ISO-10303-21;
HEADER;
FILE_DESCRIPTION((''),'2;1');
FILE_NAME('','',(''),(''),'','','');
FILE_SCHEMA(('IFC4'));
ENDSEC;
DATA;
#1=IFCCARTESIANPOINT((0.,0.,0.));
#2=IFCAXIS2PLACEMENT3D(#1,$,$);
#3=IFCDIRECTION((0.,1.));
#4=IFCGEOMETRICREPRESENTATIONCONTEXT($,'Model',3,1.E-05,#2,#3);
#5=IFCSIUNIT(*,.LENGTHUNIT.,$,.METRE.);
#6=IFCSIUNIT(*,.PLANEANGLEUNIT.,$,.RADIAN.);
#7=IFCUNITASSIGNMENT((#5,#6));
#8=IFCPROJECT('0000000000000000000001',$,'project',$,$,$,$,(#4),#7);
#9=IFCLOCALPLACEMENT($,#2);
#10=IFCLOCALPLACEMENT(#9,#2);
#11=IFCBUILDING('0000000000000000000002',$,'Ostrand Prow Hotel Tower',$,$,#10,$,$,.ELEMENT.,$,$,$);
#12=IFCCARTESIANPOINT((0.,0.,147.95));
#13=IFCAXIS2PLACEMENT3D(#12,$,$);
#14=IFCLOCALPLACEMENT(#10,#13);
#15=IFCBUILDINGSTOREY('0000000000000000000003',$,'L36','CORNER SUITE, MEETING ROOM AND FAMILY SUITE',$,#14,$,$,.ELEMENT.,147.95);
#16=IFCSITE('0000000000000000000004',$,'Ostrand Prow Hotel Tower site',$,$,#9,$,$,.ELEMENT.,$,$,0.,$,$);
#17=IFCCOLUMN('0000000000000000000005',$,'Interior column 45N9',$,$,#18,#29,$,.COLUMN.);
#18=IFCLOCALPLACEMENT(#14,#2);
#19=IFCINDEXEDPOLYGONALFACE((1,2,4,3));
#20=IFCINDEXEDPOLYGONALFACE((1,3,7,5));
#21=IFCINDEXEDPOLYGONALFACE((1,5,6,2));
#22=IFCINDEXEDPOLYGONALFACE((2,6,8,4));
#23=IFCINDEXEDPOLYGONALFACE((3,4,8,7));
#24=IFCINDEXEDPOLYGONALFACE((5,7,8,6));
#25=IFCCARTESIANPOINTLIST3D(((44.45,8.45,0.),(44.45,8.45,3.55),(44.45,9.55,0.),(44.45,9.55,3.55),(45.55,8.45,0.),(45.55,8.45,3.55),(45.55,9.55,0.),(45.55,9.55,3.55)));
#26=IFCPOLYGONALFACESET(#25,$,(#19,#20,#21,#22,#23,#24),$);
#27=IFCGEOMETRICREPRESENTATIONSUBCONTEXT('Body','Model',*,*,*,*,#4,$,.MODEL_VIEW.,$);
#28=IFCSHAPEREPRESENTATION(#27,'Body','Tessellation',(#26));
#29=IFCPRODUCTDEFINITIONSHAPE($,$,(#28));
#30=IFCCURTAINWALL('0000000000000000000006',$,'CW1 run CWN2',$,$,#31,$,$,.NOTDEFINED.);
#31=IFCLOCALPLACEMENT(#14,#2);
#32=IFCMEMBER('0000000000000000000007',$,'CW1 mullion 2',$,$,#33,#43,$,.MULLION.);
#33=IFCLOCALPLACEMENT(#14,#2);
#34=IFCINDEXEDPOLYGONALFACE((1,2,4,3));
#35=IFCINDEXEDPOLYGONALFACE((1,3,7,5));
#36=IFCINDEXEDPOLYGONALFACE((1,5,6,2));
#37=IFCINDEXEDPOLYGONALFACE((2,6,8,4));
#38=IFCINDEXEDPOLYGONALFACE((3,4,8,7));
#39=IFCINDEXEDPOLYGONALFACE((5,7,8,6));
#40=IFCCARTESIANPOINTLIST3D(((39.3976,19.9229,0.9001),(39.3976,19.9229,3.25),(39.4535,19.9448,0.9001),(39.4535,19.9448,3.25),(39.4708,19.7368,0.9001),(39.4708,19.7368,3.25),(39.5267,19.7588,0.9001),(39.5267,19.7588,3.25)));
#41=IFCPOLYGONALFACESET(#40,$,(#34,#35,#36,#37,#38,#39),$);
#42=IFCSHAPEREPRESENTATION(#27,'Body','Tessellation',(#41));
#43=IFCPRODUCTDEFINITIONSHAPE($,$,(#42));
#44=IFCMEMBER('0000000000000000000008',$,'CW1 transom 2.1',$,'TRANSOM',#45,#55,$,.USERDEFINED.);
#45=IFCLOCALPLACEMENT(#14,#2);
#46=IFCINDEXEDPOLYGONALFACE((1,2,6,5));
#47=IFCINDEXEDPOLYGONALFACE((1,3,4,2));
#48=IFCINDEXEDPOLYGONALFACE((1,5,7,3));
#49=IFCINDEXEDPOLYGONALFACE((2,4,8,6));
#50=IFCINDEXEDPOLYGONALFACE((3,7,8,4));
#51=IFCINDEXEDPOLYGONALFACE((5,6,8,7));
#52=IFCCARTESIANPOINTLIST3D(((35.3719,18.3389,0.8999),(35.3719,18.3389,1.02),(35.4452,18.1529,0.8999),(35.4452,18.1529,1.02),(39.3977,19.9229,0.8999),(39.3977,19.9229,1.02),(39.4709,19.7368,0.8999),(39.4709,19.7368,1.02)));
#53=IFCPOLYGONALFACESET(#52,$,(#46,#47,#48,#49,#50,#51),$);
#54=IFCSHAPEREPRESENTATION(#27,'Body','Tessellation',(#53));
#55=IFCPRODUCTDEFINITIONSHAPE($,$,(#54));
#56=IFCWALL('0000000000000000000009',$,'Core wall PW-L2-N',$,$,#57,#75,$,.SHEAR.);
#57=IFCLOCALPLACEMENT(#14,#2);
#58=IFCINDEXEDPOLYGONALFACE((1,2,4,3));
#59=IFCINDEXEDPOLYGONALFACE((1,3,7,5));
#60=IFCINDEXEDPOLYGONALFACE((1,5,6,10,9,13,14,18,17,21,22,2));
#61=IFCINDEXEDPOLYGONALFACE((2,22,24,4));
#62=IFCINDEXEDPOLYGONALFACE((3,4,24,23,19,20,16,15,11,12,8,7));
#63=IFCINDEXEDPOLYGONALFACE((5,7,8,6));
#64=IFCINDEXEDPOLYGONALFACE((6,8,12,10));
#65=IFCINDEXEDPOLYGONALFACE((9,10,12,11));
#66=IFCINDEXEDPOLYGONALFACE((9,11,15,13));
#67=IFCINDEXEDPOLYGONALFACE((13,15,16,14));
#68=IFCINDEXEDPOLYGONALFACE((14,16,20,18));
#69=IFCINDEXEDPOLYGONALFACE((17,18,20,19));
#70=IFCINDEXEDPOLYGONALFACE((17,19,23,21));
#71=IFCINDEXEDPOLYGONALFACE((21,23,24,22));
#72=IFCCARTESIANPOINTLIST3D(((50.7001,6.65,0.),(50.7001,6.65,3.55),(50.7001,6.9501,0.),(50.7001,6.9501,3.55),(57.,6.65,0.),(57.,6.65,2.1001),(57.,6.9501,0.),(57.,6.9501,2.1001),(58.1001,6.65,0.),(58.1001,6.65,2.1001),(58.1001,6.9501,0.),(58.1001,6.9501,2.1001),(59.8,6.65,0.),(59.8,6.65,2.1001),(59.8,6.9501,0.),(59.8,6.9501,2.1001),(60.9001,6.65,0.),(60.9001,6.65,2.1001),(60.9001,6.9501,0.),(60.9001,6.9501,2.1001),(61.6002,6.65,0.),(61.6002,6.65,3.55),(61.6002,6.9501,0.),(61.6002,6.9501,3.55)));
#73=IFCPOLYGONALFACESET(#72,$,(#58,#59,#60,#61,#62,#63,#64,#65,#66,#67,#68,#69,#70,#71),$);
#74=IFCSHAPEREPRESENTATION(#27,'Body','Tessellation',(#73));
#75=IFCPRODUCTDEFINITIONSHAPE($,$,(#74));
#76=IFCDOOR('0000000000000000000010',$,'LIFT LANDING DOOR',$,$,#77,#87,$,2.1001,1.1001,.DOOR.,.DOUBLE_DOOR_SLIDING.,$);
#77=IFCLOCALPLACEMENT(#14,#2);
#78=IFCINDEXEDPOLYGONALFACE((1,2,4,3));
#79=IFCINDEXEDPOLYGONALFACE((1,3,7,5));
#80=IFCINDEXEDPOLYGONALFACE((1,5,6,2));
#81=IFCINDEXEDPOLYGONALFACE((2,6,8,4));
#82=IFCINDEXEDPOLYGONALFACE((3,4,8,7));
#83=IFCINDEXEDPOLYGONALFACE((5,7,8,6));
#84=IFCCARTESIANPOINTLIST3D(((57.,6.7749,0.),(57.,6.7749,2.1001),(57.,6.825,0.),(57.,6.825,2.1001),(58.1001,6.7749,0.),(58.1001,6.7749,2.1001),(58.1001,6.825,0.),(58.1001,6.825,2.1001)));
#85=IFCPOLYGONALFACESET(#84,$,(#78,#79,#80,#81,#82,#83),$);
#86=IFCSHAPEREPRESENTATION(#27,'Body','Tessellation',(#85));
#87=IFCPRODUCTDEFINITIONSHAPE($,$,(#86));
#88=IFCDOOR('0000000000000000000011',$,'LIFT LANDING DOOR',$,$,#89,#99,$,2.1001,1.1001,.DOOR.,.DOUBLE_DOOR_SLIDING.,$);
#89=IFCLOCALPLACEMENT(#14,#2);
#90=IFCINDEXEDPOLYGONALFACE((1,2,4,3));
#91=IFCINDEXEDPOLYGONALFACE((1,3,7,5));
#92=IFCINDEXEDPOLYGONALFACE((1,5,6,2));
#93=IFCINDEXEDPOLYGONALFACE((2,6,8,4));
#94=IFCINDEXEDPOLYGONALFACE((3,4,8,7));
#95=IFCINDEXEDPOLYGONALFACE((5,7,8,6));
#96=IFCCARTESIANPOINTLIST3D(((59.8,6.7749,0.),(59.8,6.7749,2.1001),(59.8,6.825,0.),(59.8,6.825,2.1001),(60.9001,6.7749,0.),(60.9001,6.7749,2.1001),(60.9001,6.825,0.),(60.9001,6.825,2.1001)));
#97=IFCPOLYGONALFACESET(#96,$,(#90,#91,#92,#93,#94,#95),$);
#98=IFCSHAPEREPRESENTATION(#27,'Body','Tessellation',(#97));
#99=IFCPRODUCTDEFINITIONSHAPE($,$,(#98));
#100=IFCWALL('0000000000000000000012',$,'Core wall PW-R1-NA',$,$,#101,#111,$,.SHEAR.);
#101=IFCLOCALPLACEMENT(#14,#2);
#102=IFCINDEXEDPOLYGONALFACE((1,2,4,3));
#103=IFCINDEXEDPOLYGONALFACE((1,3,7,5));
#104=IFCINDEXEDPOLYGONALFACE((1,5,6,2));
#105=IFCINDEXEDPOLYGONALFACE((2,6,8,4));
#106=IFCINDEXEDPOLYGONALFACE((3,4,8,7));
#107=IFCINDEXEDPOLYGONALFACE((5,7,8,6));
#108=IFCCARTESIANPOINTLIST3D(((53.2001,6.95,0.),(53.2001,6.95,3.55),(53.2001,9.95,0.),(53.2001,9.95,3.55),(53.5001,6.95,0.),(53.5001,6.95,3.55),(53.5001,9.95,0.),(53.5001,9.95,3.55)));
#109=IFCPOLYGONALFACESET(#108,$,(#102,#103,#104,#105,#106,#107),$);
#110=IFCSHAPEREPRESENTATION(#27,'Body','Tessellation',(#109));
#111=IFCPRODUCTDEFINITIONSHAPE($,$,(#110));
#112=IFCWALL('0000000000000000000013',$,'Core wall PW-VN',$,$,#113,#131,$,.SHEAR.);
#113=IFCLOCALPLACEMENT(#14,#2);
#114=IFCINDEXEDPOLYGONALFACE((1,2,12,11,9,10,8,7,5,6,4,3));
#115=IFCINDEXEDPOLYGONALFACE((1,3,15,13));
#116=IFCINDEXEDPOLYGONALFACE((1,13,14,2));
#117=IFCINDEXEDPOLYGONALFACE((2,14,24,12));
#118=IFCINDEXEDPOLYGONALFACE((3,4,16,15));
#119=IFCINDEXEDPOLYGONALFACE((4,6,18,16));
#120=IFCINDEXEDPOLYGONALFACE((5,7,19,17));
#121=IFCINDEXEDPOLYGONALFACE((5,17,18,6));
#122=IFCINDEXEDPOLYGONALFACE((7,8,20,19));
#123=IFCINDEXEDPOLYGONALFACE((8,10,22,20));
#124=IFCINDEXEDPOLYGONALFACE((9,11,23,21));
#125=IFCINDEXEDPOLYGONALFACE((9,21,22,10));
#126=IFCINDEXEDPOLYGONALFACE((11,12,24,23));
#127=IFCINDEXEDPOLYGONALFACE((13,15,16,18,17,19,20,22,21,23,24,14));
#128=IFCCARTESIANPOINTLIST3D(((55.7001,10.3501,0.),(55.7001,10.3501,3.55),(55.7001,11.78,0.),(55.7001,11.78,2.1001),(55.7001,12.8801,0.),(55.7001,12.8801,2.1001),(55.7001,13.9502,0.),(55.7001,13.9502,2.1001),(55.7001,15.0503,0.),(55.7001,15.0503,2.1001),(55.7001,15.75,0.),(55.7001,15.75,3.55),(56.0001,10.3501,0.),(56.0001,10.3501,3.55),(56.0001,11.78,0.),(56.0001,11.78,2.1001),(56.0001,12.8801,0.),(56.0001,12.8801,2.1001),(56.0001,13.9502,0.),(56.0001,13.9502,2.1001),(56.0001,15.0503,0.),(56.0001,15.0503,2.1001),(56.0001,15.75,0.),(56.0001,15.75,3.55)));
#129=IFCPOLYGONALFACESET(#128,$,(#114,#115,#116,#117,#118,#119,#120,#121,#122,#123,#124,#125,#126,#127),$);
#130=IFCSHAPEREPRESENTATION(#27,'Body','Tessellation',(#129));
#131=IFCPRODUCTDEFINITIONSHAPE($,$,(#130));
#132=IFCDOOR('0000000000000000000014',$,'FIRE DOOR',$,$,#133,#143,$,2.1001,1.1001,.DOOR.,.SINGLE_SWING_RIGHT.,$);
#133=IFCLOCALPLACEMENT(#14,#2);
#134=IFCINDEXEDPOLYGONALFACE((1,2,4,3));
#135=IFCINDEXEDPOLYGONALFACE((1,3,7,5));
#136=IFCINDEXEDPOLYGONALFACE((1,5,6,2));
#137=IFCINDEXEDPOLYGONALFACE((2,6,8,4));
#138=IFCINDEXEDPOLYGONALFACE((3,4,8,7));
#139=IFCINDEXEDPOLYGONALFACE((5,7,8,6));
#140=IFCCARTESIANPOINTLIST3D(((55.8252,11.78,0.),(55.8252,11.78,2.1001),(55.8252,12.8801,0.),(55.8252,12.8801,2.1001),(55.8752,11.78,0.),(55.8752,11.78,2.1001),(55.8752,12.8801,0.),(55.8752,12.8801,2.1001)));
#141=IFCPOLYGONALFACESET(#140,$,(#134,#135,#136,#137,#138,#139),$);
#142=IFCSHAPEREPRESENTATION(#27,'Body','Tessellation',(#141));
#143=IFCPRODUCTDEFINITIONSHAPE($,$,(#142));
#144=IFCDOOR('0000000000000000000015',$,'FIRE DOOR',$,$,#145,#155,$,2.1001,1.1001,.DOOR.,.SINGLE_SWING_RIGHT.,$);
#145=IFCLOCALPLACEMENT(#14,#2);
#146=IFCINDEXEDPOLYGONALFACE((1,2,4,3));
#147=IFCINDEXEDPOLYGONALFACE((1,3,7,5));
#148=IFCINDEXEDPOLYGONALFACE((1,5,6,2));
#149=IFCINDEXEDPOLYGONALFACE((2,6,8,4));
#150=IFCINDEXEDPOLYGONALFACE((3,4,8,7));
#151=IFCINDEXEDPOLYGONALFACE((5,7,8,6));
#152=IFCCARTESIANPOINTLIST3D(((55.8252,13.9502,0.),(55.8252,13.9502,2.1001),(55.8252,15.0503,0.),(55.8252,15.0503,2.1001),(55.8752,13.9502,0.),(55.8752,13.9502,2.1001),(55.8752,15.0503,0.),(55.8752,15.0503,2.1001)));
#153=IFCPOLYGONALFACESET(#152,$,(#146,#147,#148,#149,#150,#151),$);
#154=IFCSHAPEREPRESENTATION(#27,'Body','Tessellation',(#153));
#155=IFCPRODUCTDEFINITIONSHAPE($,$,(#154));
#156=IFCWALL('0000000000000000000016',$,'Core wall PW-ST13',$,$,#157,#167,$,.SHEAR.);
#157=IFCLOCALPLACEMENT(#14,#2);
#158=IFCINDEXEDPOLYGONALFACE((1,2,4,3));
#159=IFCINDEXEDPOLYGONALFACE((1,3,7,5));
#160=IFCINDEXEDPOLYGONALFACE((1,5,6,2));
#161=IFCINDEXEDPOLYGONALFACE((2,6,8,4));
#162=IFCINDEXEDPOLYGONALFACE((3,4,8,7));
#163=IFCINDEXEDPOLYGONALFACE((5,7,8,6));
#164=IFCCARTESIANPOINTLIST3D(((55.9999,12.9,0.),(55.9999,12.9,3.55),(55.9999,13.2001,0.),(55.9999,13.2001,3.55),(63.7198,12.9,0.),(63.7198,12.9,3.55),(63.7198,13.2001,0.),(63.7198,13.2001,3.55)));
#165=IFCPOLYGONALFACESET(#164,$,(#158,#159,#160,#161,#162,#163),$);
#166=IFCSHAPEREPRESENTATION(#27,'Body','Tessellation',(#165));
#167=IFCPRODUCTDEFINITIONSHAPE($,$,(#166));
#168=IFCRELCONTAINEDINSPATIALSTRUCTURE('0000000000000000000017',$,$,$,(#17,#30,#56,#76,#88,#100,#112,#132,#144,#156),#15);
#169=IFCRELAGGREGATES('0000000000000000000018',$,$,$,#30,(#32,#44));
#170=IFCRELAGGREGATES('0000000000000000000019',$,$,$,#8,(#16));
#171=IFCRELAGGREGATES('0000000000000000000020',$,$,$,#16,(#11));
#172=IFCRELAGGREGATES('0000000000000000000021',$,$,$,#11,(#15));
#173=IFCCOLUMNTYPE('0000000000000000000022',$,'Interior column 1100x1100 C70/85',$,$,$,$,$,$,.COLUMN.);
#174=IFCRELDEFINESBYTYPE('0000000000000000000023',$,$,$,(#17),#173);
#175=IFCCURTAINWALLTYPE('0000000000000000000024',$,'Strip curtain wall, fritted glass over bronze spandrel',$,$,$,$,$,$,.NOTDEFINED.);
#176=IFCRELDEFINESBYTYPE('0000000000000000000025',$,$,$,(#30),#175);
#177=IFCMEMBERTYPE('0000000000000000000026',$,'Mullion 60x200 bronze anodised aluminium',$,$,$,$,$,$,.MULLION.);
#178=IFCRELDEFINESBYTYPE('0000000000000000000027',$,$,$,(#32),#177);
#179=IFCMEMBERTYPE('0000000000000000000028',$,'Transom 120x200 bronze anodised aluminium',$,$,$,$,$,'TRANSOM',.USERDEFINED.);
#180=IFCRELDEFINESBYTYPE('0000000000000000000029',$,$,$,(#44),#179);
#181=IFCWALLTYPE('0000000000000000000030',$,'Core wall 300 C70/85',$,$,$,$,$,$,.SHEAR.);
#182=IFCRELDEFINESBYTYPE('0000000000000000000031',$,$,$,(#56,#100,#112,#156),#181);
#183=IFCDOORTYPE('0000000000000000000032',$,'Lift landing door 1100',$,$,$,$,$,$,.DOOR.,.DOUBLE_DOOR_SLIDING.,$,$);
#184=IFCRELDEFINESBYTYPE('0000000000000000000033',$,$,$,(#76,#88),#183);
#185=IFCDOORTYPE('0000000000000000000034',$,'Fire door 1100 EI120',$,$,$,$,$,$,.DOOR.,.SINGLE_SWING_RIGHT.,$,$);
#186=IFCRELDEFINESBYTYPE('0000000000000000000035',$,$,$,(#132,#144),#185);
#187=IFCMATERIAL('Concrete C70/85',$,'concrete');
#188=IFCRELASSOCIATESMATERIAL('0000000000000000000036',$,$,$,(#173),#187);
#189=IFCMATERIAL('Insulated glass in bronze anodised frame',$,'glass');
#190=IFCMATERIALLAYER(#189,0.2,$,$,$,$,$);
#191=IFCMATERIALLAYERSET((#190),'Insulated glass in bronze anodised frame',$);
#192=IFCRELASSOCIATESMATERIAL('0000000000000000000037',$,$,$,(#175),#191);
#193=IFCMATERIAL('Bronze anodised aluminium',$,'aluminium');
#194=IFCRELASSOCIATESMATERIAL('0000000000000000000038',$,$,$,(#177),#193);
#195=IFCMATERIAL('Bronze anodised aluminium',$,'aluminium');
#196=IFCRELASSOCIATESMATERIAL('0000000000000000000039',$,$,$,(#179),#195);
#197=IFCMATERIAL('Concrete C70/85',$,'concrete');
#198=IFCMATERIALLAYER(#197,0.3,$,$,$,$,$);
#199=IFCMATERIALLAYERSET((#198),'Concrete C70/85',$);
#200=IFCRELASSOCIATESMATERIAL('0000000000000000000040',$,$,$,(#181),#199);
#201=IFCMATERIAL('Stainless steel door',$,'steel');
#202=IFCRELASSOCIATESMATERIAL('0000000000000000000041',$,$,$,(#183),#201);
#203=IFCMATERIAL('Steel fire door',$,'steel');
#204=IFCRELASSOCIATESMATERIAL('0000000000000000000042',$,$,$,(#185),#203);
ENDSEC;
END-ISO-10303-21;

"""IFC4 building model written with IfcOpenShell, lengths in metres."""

from ifc_helpers import new_model, si_unit, direction, frame, frame_2d, origin, origin_2d, place, context, subcontext, project, spatial, rectangle, extrude, material, layer, layer_set, material_profile, profile_set, type_object, element, fill, aggregate, save


model = new_model("IFC4")

# Units and contexts
model_context = context("Model", 3, precision=1e-05, world=origin(), true_north=direction((0.0, 1.0)))
body_context = subcontext(model_context, "Body", "Model", "MODEL_VIEW")
ifc_project = project(units=[si_unit("LENGTHUNIT", "METRE"), si_unit("PLANEANGLEUNIT", "RADIAN")], contexts=[model_context])

# Site, building, storey
site_placement = place(None, origin())
site = spatial("IfcSite", under=ifc_project, at=site_placement, Name="Ostrand Prow Hotel Tower site", CompositionType="ELEMENT", RefElevation=0.0)
building_placement = place(site_placement, origin())
building = spatial("IfcBuilding", under=site, at=building_placement, Name="Ostrand Prow Hotel Tower", CompositionType="ELEMENT")
storey_placement = place(building_placement, frame((0.0, 0.0, 147.95)))
storey = spatial("IfcBuildingStorey", under=building, at=storey_placement, Name="L36", Description="CORNER SUITE, MEETING ROOM AND FAMILY SUITE", CompositionType="ELEMENT", Elevation=147.95)

# Column
ifc_material_1 = material(Name="Concrete C70/85", Category="concrete")
ifc_material_profile_1 = material_profile(ifc_material_1, rectangle(XDim=1.1001, YDim=1.1001, at=origin_2d()), Name="RC 1100x1100")
ifc_profile_set_1 = profile_set([ifc_material_profile_1], Name="Concrete C70/85")
column_type = type_object("IfcColumnType", Name="Interior column 1100x1100 C70/85", PredefinedType="COLUMN", material=ifc_profile_set_1)
column_placement = place(storey_placement, frame((45.0, 9.0, 0.0), z_axis=(0.0, 0.0, 1.0), x_axis=(1.0, 0.0, 0.0)))
element("IfcColumn", 1, at=column_placement, inside=storey, type_object=column_type, Name="Interior column 45N9", PredefinedType="COLUMN", context=body_context, shape_type="SweptSolid", body=[
    extrude(rectangle(XDim=1.1001, YDim=1.1001, at=origin_2d()), origin(), (0.0, 0.0, 1.0), 3.55),
])

# Curtain wall, members
ifc_material_2 = material(Name="Insulated glass in bronze anodised frame", Category="glass")
ifc_layer_1 = layer(ifc_material_2, 0.2)
ifc_layer_set_1 = layer_set([ifc_layer_1], Name="Insulated glass in bronze anodised frame")
curtain_wall_type = type_object("IfcCurtainWallType", Name="Strip curtain wall, fritted glass over bronze spandrel", PredefinedType="NOTDEFINED", material=ifc_layer_set_1)
curtain_wall_placement = place(storey_placement, origin())
curtain_wall = element("IfcCurtainWall", 2, at=curtain_wall_placement, inside=storey, type_object=curtain_wall_type, Name="CW1 run CWN2", PredefinedType="NOTDEFINED")
ifc_material_3 = material(Name="Bronze anodised aluminium", Category="aluminium")
ifc_material_profile_2 = material_profile(ifc_material_3, rectangle(XDim=0.2, YDim=0.0601, at=origin_2d()), Name="Mullion 60x200 bronze anodised aluminium")
ifc_profile_set_2 = profile_set([ifc_material_profile_2], Name="Bronze anodised aluminium")
member_type_1 = type_object("IfcMemberType", Name="Mullion 60x200 bronze anodised aluminium", PredefinedType="MULLION", material=ifc_profile_set_2)
member_1_placement = place(storey_placement, frame((39.4622, 19.8408, 0.9001), z_axis=(0.0, 0.0, 1.0), x_axis=(0.366116, -0.930569, 0.0)))
member_1 = element("IfcMember", 3, at=member_1_placement, type_object=member_type_1, Name="CW1 mullion 2", PredefinedType="MULLION", context=body_context, shape_type="SweptSolid", body=[
    extrude(rectangle(XDim=0.2, YDim=0.0601, at=origin_2d()), origin(), (0.0, 0.0, 1.0), 2.3499),
])
ifc_material_4 = material(Name="Bronze anodised aluminium", Category="aluminium")
ifc_material_profile_3 = material_profile(ifc_material_4, rectangle(XDim=0.2, YDim=0.1201, at=origin_2d()), Name="Transom 120x200 bronze anodised aluminium")
ifc_profile_set_3 = profile_set([ifc_material_profile_3], Name="Bronze anodised aluminium")
member_type_2 = type_object("IfcMemberType", Name="Transom 120x200 bronze anodised aluminium", ElementType="TRANSOM", PredefinedType="USERDEFINED", material=ifc_profile_set_3)
member_2_placement = place(storey_placement, frame((39.4343, 19.8298, 0.96), z_axis=(-0.930563, -0.366131, 0.0), x_axis=(0.366131, -0.930563, 0.0)))
member_2 = element("IfcMember", 4, at=member_2_placement, type_object=member_type_2, Name="CW1 transom 2.1", ObjectType="TRANSOM", PredefinedType="USERDEFINED", context=body_context, shape_type="SweptSolid", body=[
    extrude(rectangle(XDim=0.2, YDim=0.1201, at=origin_2d()), origin(), (0.0, 0.0, 1.0), 4.3262),
])
aggregate(curtain_wall, [member_1, member_2])

# Wall, openings, doors
ifc_material_5 = material(Name="Concrete C70/85", Category="concrete")
ifc_layer_2 = layer(ifc_material_5, 0.3)
ifc_layer_set_2 = layer_set([ifc_layer_2], Name="Concrete C70/85")
wall_type_1 = type_object("IfcWallType", Name="Core wall 300 C70/85", PredefinedType="SHEAR", material=ifc_layer_set_2)
wall_1_placement = place(storey_placement, frame((50.7, 6.8, 0.0), z_axis=(0.0, 0.0, 1.0), x_axis=(1.0, 0.0, 0.0)))
wall_1 = element("IfcWall", 5, at=wall_1_placement, inside=storey, type_object=wall_type_1, Name="Core wall PW-L2-N", PredefinedType="SHEAR", context=body_context, shape_type="SweptSolid", body=[
    extrude(rectangle(XDim=10.9001, YDim=0.3, at=frame_2d((5.4502, 0.0))), origin(), (0.0, 0.0, 1.0), 3.55),
])
opening_1_placement = place(wall_1_placement, frame((6.3, 0.0, 0.0)))
opening_1 = element("IfcOpeningElement", 6, at=opening_1_placement, cuts=wall_1, PredefinedType="OPENING", context=body_context, shape_type="SweptSolid", body=[
    extrude(rectangle(XDim=1.1001, YDim=2.1001, at=frame_2d((0.55, 1.05))), frame((0.0, 0.1599, 0.0), z_axis=(0.0, -1.0, 0.0), x_axis=(1.0, 0.0, 0.0)), (0.0, 0.0, 1.0), 0.3201),
])
opening_2_placement = place(wall_1_placement, frame((9.1001, 0.0, 0.0)))
opening_2 = element("IfcOpeningElement", 7, at=opening_2_placement, cuts=wall_1, PredefinedType="OPENING", context=body_context, shape_type="SweptSolid", body=[
    extrude(rectangle(XDim=1.1001, YDim=2.1001, at=frame_2d((0.55, 1.05))), frame((0.0, 0.1599, 0.0), z_axis=(0.0, -1.0, 0.0), x_axis=(1.0, 0.0, 0.0)), (0.0, 0.0, 1.0), 0.3201),
])
ifc_material_6 = material(Name="Stainless steel door", Category="steel")
door_type_1 = type_object("IfcDoorType", Name="Lift landing door 1100", OperationType="DOUBLE_DOOR_SLIDING", PredefinedType="DOOR", material=ifc_material_6)
door_1_placement = place(opening_1_placement, origin())
door_1 = element("IfcDoor", 8, at=door_1_placement, inside=storey, type_object=door_type_1, Name="LIFT LANDING DOOR", OperationType="DOUBLE_DOOR_SLIDING", OverallHeight=2.1001, OverallWidth=1.1001, PredefinedType="DOOR", context=body_context, shape_type="SweptSolid", body=[
    extrude(rectangle(XDim=1.1001, YDim=2.1001, at=frame_2d((0.55, 1.05))), frame((0.0, 0.0249, 0.0), z_axis=(0.0, -1.0, 0.0), x_axis=(1.0, 0.0, 0.0)), (0.0, 0.0, 1.0), 0.05),
])
fill(opening_1, door_1)
door_2_placement = place(opening_2_placement, origin())
door_2 = element("IfcDoor", 9, at=door_2_placement, inside=storey, type_object=door_type_1, Name="LIFT LANDING DOOR", OperationType="DOUBLE_DOOR_SLIDING", OverallHeight=2.1001, OverallWidth=1.1001, PredefinedType="DOOR", context=body_context, shape_type="SweptSolid", body=[
    extrude(rectangle(XDim=1.1001, YDim=2.1001, at=frame_2d((0.55, 1.05))), frame((0.0, 0.0249, 0.0), z_axis=(0.0, -1.0, 0.0), x_axis=(1.0, 0.0, 0.0)), (0.0, 0.0, 1.0), 0.05),
])
fill(opening_2, door_2)

# Wall
wall_2_placement = place(storey_placement, frame((53.3501, 6.95, 0.0), z_axis=(0.0, 0.0, 1.0), x_axis=(0.0, 1.0, 0.0)))
element("IfcWall", 10, at=wall_2_placement, inside=storey, type_object=wall_type_1, Name="Core wall PW-R1-NA", PredefinedType="SHEAR", context=body_context, shape_type="SweptSolid", body=[
    extrude(rectangle(XDim=3.0, YDim=0.3, at=frame_2d((1.5, 0.0))), origin(), (0.0, 0.0, 1.0), 3.55),
])

# Wall, openings, doors
wall_3_placement = place(storey_placement, frame((55.8501, 10.3501, 0.0), z_axis=(0.0, 0.0, 1.0), x_axis=(0.0, 1.0, 0.0)))
wall_3 = element("IfcWall", 11, at=wall_3_placement, inside=storey, type_object=wall_type_1, Name="Core wall PW-VN", PredefinedType="SHEAR", context=body_context, shape_type="SweptSolid", body=[
    extrude(rectangle(XDim=5.3999, YDim=0.3, at=frame_2d((2.7, 0.0))), origin(), (0.0, 0.0, 1.0), 3.55),
])
opening_3_placement = place(wall_3_placement, frame((1.4299, 0.0, 0.0)))
opening_3 = element("IfcOpeningElement", 12, at=opening_3_placement, cuts=wall_3, PredefinedType="OPENING", context=body_context, shape_type="SweptSolid", body=[
    extrude(rectangle(XDim=1.1001, YDim=2.1001, at=frame_2d((0.55, 1.05))), frame((0.0, 0.1599, 0.0), z_axis=(0.0, -1.0, 0.0), x_axis=(1.0, 0.0, 0.0)), (0.0, 0.0, 1.0), 0.3201),
])
opening_4_placement = place(wall_3_placement, frame((3.6001, 0.0, 0.0)))
opening_4 = element("IfcOpeningElement", 13, at=opening_4_placement, cuts=wall_3, PredefinedType="OPENING", context=body_context, shape_type="SweptSolid", body=[
    extrude(rectangle(XDim=1.1001, YDim=2.1001, at=frame_2d((0.55, 1.05))), frame((0.0, 0.1599, 0.0), z_axis=(0.0, -1.0, 0.0), x_axis=(1.0, 0.0, 0.0)), (0.0, 0.0, 1.0), 0.3201),
])
ifc_material_7 = material(Name="Steel fire door", Category="steel")
door_type_2 = type_object("IfcDoorType", Name="Fire door 1100 EI120", OperationType="SINGLE_SWING_RIGHT", PredefinedType="DOOR", material=ifc_material_7)
door_3_placement = place(opening_3_placement, origin())
door_3 = element("IfcDoor", 14, at=door_3_placement, inside=storey, type_object=door_type_2, Name="FIRE DOOR", OperationType="SINGLE_SWING_RIGHT", OverallHeight=2.1001, OverallWidth=1.1001, PredefinedType="DOOR", context=body_context, shape_type="SweptSolid", body=[
    extrude(rectangle(XDim=1.1001, YDim=2.1001, at=frame_2d((0.55, 1.05))), frame((0.0, 0.0249, 0.0), z_axis=(0.0, -1.0, 0.0), x_axis=(1.0, 0.0, 0.0)), (0.0, 0.0, 1.0), 0.05),
])
fill(opening_3, door_3)
door_4_placement = place(opening_4_placement, origin())
door_4 = element("IfcDoor", 15, at=door_4_placement, inside=storey, type_object=door_type_2, Name="FIRE DOOR", OperationType="SINGLE_SWING_RIGHT", OverallHeight=2.1001, OverallWidth=1.1001, PredefinedType="DOOR", context=body_context, shape_type="SweptSolid", body=[
    extrude(rectangle(XDim=1.1001, YDim=2.1001, at=frame_2d((0.55, 1.05))), frame((0.0, 0.0249, 0.0), z_axis=(0.0, -1.0, 0.0), x_axis=(1.0, 0.0, 0.0)), (0.0, 0.0, 1.0), 0.05),
])
fill(opening_4, door_4)

# Wall
wall_4_placement = place(storey_placement, frame((56.0, 13.05, 0.0), z_axis=(0.0, 0.0, 1.0), x_axis=(1.0, 0.0, 0.0)))
element("IfcWall", 16, at=wall_4_placement, inside=storey, type_object=wall_type_1, Name="Core wall PW-ST13", PredefinedType="SHEAR", context=body_context, shape_type="SweptSolid", body=[
    extrude(rectangle(XDim=7.72, YDim=0.3, at=frame_2d((3.8599, 0.0))), origin(), (0.0, 0.0, 1.0), 3.55),
])

save(model, "model.ifc")
